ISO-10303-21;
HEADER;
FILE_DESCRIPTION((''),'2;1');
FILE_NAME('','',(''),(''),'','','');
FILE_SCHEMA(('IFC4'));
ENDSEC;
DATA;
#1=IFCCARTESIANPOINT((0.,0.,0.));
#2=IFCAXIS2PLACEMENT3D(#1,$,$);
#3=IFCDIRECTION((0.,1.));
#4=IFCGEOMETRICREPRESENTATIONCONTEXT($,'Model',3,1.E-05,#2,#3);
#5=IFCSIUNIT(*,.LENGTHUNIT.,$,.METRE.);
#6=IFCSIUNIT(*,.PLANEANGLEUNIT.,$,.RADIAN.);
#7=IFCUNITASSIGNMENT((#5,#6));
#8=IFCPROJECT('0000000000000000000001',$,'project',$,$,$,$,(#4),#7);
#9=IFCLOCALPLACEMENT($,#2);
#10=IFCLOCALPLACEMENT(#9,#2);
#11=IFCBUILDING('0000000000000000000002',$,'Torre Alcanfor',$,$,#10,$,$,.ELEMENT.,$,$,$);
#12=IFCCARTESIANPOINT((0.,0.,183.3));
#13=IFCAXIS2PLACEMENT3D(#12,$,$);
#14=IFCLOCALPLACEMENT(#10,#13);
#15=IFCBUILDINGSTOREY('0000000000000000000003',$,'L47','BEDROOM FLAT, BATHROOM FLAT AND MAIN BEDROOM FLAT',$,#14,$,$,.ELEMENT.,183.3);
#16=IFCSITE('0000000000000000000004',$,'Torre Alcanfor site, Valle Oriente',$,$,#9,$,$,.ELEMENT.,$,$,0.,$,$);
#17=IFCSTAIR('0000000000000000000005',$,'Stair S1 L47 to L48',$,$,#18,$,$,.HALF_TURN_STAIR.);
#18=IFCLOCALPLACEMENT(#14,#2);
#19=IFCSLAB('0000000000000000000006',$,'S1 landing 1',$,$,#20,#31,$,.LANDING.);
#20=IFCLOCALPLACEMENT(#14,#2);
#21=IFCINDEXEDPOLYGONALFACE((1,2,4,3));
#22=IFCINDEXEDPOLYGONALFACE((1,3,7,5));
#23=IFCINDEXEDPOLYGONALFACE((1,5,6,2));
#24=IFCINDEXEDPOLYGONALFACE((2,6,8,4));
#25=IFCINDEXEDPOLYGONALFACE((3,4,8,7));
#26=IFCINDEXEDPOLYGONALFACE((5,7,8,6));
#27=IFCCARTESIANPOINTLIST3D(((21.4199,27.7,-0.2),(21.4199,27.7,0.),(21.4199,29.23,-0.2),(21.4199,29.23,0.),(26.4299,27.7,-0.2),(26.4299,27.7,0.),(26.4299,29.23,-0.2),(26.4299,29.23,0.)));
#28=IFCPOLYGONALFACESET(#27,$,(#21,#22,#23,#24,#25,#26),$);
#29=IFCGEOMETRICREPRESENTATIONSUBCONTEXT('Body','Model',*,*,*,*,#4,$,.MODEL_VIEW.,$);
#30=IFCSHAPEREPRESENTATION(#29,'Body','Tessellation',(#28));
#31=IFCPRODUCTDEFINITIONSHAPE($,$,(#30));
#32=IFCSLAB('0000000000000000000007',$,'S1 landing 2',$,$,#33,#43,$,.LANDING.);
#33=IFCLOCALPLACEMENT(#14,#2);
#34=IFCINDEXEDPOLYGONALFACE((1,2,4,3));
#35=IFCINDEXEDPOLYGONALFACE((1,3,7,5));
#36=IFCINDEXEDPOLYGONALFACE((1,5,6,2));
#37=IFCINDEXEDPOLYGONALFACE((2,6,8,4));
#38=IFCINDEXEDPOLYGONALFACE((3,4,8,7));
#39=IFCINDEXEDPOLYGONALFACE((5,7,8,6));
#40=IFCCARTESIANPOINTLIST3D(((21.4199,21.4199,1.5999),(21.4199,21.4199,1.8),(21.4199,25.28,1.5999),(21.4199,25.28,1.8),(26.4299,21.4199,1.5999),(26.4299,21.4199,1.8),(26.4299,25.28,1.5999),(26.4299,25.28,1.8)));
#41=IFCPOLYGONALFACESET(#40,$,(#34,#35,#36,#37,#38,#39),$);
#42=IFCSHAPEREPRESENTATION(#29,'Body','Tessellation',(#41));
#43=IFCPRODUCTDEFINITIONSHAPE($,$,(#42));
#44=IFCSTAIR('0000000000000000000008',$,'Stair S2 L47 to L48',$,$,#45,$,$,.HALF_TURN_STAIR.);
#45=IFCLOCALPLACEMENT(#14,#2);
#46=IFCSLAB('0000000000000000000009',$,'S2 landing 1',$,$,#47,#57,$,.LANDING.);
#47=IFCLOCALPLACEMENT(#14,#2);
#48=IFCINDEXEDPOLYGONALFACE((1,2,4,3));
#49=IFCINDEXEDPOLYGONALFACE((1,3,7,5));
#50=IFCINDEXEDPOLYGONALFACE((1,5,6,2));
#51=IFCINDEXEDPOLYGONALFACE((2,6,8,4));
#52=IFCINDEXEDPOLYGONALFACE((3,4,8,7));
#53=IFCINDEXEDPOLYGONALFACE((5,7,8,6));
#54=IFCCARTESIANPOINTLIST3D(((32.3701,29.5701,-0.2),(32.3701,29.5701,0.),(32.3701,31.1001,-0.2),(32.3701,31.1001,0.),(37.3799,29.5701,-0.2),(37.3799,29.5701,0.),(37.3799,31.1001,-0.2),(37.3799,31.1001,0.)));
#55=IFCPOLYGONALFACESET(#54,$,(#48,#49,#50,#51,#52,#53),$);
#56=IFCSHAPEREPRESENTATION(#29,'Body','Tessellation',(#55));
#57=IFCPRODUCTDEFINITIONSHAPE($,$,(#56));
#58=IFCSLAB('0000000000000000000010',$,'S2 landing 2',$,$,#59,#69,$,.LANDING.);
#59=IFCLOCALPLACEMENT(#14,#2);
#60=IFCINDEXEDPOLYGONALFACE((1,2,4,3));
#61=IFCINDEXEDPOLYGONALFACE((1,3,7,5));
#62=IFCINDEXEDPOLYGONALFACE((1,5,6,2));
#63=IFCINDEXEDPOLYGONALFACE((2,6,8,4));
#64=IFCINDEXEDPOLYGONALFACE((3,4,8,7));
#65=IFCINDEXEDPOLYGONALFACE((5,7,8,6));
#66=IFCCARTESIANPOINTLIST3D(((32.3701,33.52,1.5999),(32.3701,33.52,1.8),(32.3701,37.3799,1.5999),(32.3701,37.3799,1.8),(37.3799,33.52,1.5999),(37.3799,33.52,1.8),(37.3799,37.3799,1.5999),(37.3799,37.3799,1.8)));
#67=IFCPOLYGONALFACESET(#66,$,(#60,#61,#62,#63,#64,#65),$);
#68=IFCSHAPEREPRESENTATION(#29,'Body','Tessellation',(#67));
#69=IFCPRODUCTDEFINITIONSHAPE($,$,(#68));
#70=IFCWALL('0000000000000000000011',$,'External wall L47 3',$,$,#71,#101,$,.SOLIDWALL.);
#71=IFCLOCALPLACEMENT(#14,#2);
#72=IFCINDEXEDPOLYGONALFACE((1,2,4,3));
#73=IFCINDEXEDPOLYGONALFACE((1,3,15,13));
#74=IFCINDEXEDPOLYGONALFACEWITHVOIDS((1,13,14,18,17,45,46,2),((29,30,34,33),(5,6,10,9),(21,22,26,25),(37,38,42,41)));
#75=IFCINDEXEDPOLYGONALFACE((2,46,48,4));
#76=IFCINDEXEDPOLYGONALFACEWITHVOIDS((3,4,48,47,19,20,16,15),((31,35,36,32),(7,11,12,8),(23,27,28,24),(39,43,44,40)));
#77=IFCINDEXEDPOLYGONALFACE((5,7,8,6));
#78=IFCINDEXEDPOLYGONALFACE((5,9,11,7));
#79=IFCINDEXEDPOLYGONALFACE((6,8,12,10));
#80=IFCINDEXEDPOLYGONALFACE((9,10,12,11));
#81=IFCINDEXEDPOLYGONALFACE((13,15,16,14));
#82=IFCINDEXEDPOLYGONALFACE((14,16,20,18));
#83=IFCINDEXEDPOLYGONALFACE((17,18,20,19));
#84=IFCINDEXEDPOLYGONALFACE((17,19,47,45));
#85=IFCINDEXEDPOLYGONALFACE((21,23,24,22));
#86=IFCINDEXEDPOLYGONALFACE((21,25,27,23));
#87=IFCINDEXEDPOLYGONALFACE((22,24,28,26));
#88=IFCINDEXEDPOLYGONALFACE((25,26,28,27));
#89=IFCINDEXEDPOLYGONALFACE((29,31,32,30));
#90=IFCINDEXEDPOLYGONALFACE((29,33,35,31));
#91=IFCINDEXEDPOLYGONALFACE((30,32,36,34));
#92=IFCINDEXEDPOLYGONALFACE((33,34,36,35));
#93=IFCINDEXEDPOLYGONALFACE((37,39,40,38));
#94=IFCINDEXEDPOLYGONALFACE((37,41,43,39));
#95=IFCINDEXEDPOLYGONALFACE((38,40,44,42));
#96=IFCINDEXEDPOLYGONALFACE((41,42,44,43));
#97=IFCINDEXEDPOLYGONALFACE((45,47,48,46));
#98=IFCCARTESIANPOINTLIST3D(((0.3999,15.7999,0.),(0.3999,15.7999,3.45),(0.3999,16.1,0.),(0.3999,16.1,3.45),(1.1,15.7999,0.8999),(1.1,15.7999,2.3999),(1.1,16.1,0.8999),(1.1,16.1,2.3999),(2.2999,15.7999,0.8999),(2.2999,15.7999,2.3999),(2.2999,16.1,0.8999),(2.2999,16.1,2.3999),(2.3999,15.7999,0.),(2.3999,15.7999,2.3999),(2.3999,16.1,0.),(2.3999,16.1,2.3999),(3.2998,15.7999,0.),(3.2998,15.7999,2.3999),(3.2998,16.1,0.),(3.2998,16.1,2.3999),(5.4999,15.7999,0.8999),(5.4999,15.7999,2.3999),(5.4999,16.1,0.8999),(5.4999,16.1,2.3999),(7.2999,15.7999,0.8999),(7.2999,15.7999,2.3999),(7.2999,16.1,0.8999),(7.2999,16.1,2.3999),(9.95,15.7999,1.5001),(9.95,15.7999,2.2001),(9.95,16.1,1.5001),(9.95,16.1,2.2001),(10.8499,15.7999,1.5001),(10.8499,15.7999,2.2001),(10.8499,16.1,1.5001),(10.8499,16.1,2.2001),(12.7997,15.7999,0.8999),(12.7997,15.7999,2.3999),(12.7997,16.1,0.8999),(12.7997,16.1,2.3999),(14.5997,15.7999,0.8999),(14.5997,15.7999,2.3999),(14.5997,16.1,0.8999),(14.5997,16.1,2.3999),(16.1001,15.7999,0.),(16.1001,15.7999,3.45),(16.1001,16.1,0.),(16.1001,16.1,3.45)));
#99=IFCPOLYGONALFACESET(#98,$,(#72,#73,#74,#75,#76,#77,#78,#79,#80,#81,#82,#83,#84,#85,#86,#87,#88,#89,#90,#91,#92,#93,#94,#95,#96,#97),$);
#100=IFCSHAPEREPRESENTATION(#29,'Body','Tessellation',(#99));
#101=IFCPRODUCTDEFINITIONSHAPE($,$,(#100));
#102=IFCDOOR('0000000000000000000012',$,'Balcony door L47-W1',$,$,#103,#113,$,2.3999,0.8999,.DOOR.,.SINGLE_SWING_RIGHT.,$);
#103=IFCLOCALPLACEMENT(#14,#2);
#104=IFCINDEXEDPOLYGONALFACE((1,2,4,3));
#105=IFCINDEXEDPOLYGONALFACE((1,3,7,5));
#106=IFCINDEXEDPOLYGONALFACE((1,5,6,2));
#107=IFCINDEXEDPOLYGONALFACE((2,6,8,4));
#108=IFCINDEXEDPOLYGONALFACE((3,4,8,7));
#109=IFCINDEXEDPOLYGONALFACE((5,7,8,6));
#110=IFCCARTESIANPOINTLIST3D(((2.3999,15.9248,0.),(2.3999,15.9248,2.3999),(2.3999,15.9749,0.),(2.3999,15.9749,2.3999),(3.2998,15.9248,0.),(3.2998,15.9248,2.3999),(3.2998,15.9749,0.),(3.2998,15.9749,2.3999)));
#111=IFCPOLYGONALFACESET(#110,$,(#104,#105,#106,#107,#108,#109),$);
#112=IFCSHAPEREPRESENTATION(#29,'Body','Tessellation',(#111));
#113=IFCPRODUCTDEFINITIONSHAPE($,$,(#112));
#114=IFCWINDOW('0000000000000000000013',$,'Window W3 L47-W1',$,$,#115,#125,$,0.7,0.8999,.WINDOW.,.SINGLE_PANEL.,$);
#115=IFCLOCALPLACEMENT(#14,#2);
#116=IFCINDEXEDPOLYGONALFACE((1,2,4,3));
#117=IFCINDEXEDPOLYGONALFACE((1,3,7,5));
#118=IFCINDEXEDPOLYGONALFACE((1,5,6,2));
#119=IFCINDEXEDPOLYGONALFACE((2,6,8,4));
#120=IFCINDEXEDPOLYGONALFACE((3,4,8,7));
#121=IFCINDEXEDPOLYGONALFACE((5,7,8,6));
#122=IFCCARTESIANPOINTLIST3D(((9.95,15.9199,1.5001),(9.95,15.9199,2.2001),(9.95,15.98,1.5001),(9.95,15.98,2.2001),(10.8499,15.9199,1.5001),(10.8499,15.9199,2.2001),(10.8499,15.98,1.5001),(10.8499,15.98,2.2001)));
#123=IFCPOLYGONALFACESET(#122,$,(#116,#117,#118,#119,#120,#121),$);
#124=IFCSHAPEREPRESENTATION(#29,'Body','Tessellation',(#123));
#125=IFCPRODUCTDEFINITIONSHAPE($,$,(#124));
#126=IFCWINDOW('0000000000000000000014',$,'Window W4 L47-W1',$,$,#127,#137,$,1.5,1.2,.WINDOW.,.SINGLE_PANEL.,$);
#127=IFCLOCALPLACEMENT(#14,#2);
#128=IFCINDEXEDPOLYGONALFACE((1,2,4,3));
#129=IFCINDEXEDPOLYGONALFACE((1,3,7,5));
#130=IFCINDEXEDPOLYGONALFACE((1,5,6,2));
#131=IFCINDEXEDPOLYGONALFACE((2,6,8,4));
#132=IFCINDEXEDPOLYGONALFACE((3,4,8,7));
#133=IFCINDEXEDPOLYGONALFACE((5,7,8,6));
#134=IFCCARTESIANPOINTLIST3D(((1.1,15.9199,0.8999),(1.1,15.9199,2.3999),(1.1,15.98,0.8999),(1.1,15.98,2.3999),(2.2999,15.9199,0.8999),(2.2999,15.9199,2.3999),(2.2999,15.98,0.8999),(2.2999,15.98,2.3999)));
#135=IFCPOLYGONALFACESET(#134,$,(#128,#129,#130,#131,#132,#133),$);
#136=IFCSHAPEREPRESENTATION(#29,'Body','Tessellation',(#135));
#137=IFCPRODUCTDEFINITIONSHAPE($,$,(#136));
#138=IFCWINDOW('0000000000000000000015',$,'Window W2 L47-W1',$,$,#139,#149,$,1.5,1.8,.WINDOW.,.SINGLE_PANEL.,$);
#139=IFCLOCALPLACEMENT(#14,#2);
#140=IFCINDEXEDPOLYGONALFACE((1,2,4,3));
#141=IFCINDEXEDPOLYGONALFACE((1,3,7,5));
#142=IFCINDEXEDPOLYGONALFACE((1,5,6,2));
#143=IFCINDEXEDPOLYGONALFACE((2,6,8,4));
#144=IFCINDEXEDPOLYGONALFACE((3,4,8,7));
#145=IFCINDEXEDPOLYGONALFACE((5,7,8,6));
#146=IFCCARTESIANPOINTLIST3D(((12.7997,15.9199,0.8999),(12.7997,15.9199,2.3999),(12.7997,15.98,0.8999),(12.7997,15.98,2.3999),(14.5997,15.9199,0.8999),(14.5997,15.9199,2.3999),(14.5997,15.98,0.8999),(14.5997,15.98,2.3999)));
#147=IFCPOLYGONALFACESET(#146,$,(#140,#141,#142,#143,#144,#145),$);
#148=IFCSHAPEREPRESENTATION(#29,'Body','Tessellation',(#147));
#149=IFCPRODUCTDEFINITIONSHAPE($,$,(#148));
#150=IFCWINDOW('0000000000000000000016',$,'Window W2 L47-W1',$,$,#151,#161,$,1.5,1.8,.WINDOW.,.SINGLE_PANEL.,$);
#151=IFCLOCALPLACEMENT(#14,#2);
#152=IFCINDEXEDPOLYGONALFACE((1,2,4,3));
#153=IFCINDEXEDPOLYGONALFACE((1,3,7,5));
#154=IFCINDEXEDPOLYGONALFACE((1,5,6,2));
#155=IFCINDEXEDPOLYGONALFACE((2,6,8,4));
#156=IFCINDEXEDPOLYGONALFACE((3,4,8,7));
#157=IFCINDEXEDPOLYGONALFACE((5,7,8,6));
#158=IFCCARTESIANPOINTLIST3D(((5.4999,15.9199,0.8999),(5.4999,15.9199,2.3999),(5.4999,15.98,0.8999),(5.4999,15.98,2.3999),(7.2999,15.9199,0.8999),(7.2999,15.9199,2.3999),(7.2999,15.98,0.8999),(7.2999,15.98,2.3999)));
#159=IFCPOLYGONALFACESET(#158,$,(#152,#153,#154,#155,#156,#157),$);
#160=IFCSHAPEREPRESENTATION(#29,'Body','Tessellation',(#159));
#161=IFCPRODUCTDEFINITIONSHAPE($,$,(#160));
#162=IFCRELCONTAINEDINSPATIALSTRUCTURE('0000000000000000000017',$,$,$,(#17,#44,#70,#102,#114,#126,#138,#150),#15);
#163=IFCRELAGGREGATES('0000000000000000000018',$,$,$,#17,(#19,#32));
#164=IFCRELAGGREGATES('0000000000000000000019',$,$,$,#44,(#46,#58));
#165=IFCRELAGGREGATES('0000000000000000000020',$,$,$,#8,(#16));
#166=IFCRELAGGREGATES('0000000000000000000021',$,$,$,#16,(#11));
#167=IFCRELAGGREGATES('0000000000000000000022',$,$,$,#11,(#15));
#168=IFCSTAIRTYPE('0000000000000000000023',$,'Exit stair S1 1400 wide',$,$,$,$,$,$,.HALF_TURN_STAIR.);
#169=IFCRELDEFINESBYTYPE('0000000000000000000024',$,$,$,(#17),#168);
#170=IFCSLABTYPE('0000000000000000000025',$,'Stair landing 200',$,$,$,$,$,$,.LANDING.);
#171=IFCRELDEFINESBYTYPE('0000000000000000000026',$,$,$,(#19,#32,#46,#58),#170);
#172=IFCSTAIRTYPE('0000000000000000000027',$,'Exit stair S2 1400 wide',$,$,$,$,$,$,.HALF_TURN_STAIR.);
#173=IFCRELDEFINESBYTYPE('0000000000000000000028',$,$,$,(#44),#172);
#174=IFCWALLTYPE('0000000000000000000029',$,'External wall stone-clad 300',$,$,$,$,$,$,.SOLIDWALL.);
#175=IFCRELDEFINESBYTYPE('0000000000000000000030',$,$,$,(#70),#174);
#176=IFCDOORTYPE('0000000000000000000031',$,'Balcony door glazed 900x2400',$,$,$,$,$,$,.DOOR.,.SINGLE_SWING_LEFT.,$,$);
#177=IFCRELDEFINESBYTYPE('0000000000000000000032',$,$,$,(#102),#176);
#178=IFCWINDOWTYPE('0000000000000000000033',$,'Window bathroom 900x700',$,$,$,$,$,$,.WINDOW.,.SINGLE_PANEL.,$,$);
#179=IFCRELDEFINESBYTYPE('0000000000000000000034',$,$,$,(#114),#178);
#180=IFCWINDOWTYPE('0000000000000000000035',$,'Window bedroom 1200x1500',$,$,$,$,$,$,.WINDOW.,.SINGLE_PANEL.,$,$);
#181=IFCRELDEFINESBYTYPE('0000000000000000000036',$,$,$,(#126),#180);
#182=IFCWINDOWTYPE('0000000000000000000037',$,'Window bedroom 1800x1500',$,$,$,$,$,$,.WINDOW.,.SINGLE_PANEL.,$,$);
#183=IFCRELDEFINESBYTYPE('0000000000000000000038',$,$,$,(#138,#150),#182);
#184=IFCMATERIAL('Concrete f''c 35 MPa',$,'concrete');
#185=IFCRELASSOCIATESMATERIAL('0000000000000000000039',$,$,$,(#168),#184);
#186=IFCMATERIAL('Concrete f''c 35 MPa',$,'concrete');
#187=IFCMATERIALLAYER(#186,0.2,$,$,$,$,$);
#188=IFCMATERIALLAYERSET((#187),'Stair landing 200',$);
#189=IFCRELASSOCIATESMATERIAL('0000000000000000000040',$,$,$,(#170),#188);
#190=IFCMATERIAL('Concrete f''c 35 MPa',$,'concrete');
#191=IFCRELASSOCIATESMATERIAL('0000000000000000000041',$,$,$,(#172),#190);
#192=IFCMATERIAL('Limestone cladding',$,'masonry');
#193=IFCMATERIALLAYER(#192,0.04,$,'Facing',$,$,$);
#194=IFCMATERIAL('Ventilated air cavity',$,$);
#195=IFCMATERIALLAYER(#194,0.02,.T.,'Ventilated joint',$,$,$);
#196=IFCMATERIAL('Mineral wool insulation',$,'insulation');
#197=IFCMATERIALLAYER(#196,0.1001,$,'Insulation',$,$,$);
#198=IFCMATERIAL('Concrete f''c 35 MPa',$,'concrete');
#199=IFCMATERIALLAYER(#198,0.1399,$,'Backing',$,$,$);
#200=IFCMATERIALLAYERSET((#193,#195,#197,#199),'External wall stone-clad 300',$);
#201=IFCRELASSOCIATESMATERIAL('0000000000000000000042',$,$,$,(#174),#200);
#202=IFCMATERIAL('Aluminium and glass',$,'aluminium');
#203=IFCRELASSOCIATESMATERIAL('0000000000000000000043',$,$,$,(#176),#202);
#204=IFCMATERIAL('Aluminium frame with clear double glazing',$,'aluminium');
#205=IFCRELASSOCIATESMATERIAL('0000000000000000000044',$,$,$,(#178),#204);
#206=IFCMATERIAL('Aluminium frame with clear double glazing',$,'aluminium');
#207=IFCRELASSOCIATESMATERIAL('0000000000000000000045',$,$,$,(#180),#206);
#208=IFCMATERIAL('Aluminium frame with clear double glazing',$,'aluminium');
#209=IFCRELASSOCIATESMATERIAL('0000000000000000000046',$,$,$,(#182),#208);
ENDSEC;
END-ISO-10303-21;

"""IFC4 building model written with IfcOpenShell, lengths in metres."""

from ifc_helpers import new_model, si_unit, direction, frame, frame_2d, origin, place, context, subcontext, project, spatial, polyline, rectangle, outline, extrude, material, layer, layer_set, type_object, element, fill, aggregate, save


model = new_model("IFC4")

# Units and contexts
model_context = context("Model", 3, precision=1e-05, world=origin(), true_north=direction((0.0, 1.0)))
body_context = subcontext(model_context, "Body", "Model", "MODEL_VIEW")
ifc_project = project(units=[si_unit("LENGTHUNIT", "METRE"), si_unit("PLANEANGLEUNIT", "RADIAN")], contexts=[model_context])

# Site, building, storey
site_placement = place(None, origin())
site = spatial("IfcSite", under=ifc_project, at=site_placement, Name="Torre Alcanfor site, Valle Oriente", CompositionType="ELEMENT", RefElevation=0.0)
building_placement = place(site_placement, origin())
building = spatial("IfcBuilding", under=site, at=building_placement, Name="Torre Alcanfor", CompositionType="ELEMENT")
storey_placement = place(building_placement, frame((0.0, 0.0, 183.3)))
storey = spatial("IfcBuildingStorey", under=building, at=storey_placement, Name="L47", Description="BEDROOM FLAT, BATHROOM FLAT AND MAIN BEDROOM FLAT", CompositionType="ELEMENT", Elevation=183.3)

# Stairs, slabs
ifc_material_1 = material(Name="Concrete f'c 35 MPa", Category="concrete")
stair_type_1 = type_object("IfcStairType", Name="Exit stair S1 1400 wide", PredefinedType="HALF_TURN_STAIR", material=ifc_material_1)
stair_1_placement = place(storey_placement, origin())
stair_1 = element("IfcStair", 1, at=stair_1_placement, inside=storey, type_object=stair_type_1, Name="Stair S1 L47 to L48", PredefinedType="HALF_TURN_STAIR")
ifc_material_2 = material(Name="Concrete f'c 35 MPa", Category="concrete")
ifc_layer_1 = layer(ifc_material_2, 0.2)
ifc_layer_set_1 = layer_set([ifc_layer_1], Name="Stair landing 200")
slab_type_1 = type_object("IfcSlabType", Name="Stair landing 200", PredefinedType="LANDING", material=ifc_layer_set_1)
slab_1_placement = place(storey_placement, frame((0.0, 0.0, -0.2)))
slab_1 = element("IfcSlab", 2, at=slab_1_placement, type_object=slab_type_1, Name="S1 landing 1", PredefinedType="LANDING", context=body_context, shape_type="SweptSolid", body=[
    extrude(outline(polyline([(21.4199, 27.7), (26.4299, 27.7), (26.4299, 29.23), (21.4199, 29.23), (21.4199, 27.7)])), origin(), (0.0, 0.0, 1.0), 0.2),
])
slab_2_placement = place(storey_placement, frame((0.0, 0.0, 1.5999)))
slab_2 = element("IfcSlab", 3, at=slab_2_placement, type_object=slab_type_1, Name="S1 landing 2", PredefinedType="LANDING", context=body_context, shape_type="SweptSolid", body=[
    extrude(outline(polyline([(21.4199, 21.4199), (26.4299, 21.4199), (26.4299, 25.28), (21.4199, 25.28), (21.4199, 21.4199)])), origin(), (0.0, 0.0, 1.0), 0.2002),
])
aggregate(stair_1, [slab_1, slab_2])
ifc_material_3 = material(Name="Concrete f'c 35 MPa", Category="concrete")
stair_type_2 = type_object("IfcStairType", Name="Exit stair S2 1400 wide", PredefinedType="HALF_TURN_STAIR", material=ifc_material_3)
stair_2_placement = place(storey_placement, origin())
stair_2 = element("IfcStair", 4, at=stair_2_placement, inside=storey, type_object=stair_type_2, Name="Stair S2 L47 to L48", PredefinedType="HALF_TURN_STAIR")
slab_3_placement = place(storey_placement, frame((0.0, 0.0, -0.2)))
slab_3 = element("IfcSlab", 5, at=slab_3_placement, type_object=slab_type_1, Name="S2 landing 1", PredefinedType="LANDING", context=body_context, shape_type="SweptSolid", body=[
    extrude(outline(polyline([(32.3701, 29.5701), (37.3799, 29.5701), (37.3799, 31.1001), (32.3701, 31.1001), (32.3701, 29.5701)])), origin(), (0.0, 0.0, 1.0), 0.2),
])
slab_4_placement = place(storey_placement, frame((0.0, 0.0, 1.5999)))
slab_4 = element("IfcSlab", 6, at=slab_4_placement, type_object=slab_type_1, Name="S2 landing 2", PredefinedType="LANDING", context=body_context, shape_type="SweptSolid", body=[
    extrude(outline(polyline([(32.3701, 33.52), (37.3799, 33.52), (37.3799, 37.3799), (32.3701, 37.3799), (32.3701, 33.52)])), origin(), (0.0, 0.0, 1.0), 0.2002),
])
aggregate(stair_2, [slab_3, slab_4])

# Wall, openings, door, windows
ifc_material_4 = material(Name="Limestone cladding", Category="masonry")
ifc_layer_2 = layer(ifc_material_4, 0.04, Name="Facing")
ifc_material_5 = material(Name="Ventilated air cavity")
ifc_layer_3 = layer(ifc_material_5, 0.02, ventilated=True, Name="Ventilated joint")
ifc_material_6 = material(Name="Mineral wool insulation", Category="insulation")
ifc_layer_4 = layer(ifc_material_6, 0.1001, Name="Insulation")
ifc_material_7 = material(Name="Concrete f'c 35 MPa", Category="concrete")
ifc_layer_5 = layer(ifc_material_7, 0.1399, Name="Backing")
ifc_layer_set_2 = layer_set([ifc_layer_2, ifc_layer_3, ifc_layer_4, ifc_layer_5], Name="External wall stone-clad 300")
wall_type_1 = type_object("IfcWallType", Name="External wall stone-clad 300", PredefinedType="SOLIDWALL", material=ifc_layer_set_2)
wall_1_placement = place(storey_placement, frame((0.3999, 15.95, 0.0), z_axis=(0.0, 0.0, 1.0), x_axis=(1.0, 0.0, 0.0)))
wall_1 = element("IfcWall", 7, at=wall_1_placement, inside=storey, type_object=wall_type_1, Name="External wall L47 3", PredefinedType="SOLIDWALL", context=body_context, shape_type="SweptSolid", body=[
    extrude(rectangle(XDim=15.7002, YDim=0.3, at=frame_2d((7.8501, 0.0))), origin(), (0.0, 0.0, 1.0), 3.45),
])
opening_1_placement = place(wall_1_placement, frame((12.3999, 0.0, 0.8999)))
opening_1 = element("IfcOpeningElement", 8, at=opening_1_placement, cuts=wall_1, PredefinedType="OPENING", context=body_context, shape_type="SweptSolid", body=[
    extrude(rectangle(XDim=1.8, YDim=1.5, at=frame_2d((0.8999, 0.75))), frame((0.0, 0.1599, 0.0), z_axis=(0.0, -1.0, 0.0), x_axis=(1.0, 0.0, 0.0)), (0.0, 0.0, 1.0), 0.3201),
])
opening_2_placement = place(wall_1_placement, frame((9.55, 0.0, 1.5)))
opening_2 = element("IfcOpeningElement", 9, at=opening_2_placement, cuts=wall_1, PredefinedType="OPENING", context=body_context, shape_type="SweptSolid", body=[
    extrude(rectangle(XDim=0.8999, YDim=0.7, at=frame_2d((0.45, 0.3501))), frame((0.0, 0.1599, 0.0), z_axis=(0.0, -1.0, 0.0), x_axis=(1.0, 0.0, 0.0)), (0.0, 0.0, 1.0), 0.3201),
])
opening_3_placement = place(wall_1_placement, frame((5.1001, 0.0, 0.8999)))
opening_3 = element("IfcOpeningElement", 10, at=opening_3_placement, cuts=wall_1, PredefinedType="OPENING", context=body_context, shape_type="SweptSolid", body=[
    extrude(rectangle(XDim=1.8, YDim=1.5, at=frame_2d((0.8999, 0.75))), frame((0.0, 0.1599, 0.0), z_axis=(0.0, -1.0, 0.0), x_axis=(1.0, 0.0, 0.0)), (0.0, 0.0, 1.0), 0.3201),
])
opening_4_placement = place(wall_1_placement, frame((2.0, 0.0, 0.0)))
opening_4 = element("IfcOpeningElement", 11, at=opening_4_placement, cuts=wall_1, PredefinedType="OPENING", context=body_context, shape_type="SweptSolid", body=[
    extrude(rectangle(XDim=0.8999, YDim=2.3999, at=frame_2d((0.45, 1.2))), frame((0.0, 0.1599, 0.0), z_axis=(0.0, -1.0, 0.0), x_axis=(1.0, 0.0, 0.0)), (0.0, 0.0, 1.0), 0.3201),
])
opening_5_placement = place(wall_1_placement, frame((0.7, 0.0, 0.8999)))
opening_5 = element("IfcOpeningElement", 12, at=opening_5_placement, cuts=wall_1, PredefinedType="OPENING", context=body_context, shape_type="SweptSolid", body=[
    extrude(rectangle(XDim=1.2, YDim=1.5, at=frame_2d((0.6001, 0.75))), frame((0.0, 0.1599, 0.0), z_axis=(0.0, -1.0, 0.0), x_axis=(1.0, 0.0, 0.0)), (0.0, 0.0, 1.0), 0.3201),
])
ifc_material_8 = material(Name="Aluminium and glass", Category="aluminium")
door_type = type_object("IfcDoorType", Name="Balcony door glazed 900x2400", OperationType="SINGLE_SWING_LEFT", PredefinedType="DOOR", material=ifc_material_8)
door_placement = place(opening_4_placement, origin())
door = element("IfcDoor", 13, at=door_placement, inside=storey, type_object=door_type, Name="Balcony door L47-W1", OperationType="SINGLE_SWING_RIGHT", OverallHeight=2.3999, OverallWidth=0.8999, PredefinedType="DOOR", context=body_context, shape_type="SweptSolid", body=[
    extrude(rectangle(XDim=0.8999, YDim=2.3999, at=frame_2d((0.45, 1.2))), frame((0.0, 0.0249, 0.0), z_axis=(0.0, -1.0, 0.0), x_axis=(1.0, 0.0, 0.0)), (0.0, 0.0, 1.0), 0.05),
])
fill(opening_4, door)
ifc_material_9 = material(Name="Aluminium frame with clear double glazing", Category="aluminium")
window_type_1 = type_object("IfcWindowType", Name="Window bathroom 900x700", PartitioningType="SINGLE_PANEL", PredefinedType="WINDOW", material=ifc_material_9)
window_1_placement = place(opening_2_placement, origin())
window_1 = element("IfcWindow", 14, at=window_1_placement, inside=storey, type_object=window_type_1, Name="Window W3 L47-W1", OverallHeight=0.7, OverallWidth=0.8999, PartitioningType="SINGLE_PANEL", PredefinedType="WINDOW", context=body_context, shape_type="SweptSolid", body=[
    extrude(rectangle(XDim=0.8999, YDim=0.7, at=frame_2d((0.45, 0.3501))), frame((0.0, 0.03, 0.0), z_axis=(0.0, -1.0, 0.0), x_axis=(1.0, 0.0, 0.0)), (0.0, 0.0, 1.0), 0.0601),
])
fill(opening_2, window_1)
ifc_material_10 = material(Name="Aluminium frame with clear double glazing", Category="aluminium")
window_type_2 = type_object("IfcWindowType", Name="Window bedroom 1200x1500", PartitioningType="SINGLE_PANEL", PredefinedType="WINDOW", material=ifc_material_10)
window_2_placement = place(opening_5_placement, origin())
window_2 = element("IfcWindow", 15, at=window_2_placement, inside=storey, type_object=window_type_2, Name="Window W4 L47-W1", OverallHeight=1.5, OverallWidth=1.2, PartitioningType="SINGLE_PANEL", PredefinedType="WINDOW", context=body_context, shape_type="SweptSolid", body=[
    extrude(rectangle(XDim=1.2, YDim=1.5, at=frame_2d((0.6001, 0.75))), frame((0.0, 0.03, 0.0), z_axis=(0.0, -1.0, 0.0), x_axis=(1.0, 0.0, 0.0)), (0.0, 0.0, 1.0), 0.0601),
])
fill(opening_5, window_2)
ifc_material_11 = material(Name="Aluminium frame with clear double glazing", Category="aluminium")
window_type_3 = type_object("IfcWindowType", Name="Window bedroom 1800x1500", PartitioningType="SINGLE_PANEL", PredefinedType="WINDOW", material=ifc_material_11)
window_3_placement = place(opening_1_placement, origin())
window_3 = element("IfcWindow", 16, at=window_3_placement, inside=storey, type_object=window_type_3, Name="Window W2 L47-W1", OverallHeight=1.5, OverallWidth=1.8, PartitioningType="SINGLE_PANEL", PredefinedType="WINDOW", context=body_context, shape_type="SweptSolid", body=[
    extrude(rectangle(XDim=1.8, YDim=1.5, at=frame_2d((0.8999, 0.75))), frame((0.0, 0.03, 0.0), z_axis=(0.0, -1.0, 0.0), x_axis=(1.0, 0.0, 0.0)), (0.0, 0.0, 1.0), 0.0601),
])
fill(opening_1, window_3)
window_4_placement = place(opening_3_placement, origin())
window_4 = element("IfcWindow", 17, at=window_4_placement, inside=storey, type_object=window_type_3, Name="Window W2 L47-W1", OverallHeight=1.5, OverallWidth=1.8, PartitioningType="SINGLE_PANEL", PredefinedType="WINDOW", context=body_context, shape_type="SweptSolid", body=[
    extrude(rectangle(XDim=1.8, YDim=1.5, at=frame_2d((0.8999, 0.75))), frame((0.0, 0.03, 0.0), z_axis=(0.0, -1.0, 0.0), x_axis=(1.0, 0.0, 0.0)), (0.0, 0.0, 1.0), 0.0601),
])
fill(opening_3, window_4)

save(model, "model.ifc")
